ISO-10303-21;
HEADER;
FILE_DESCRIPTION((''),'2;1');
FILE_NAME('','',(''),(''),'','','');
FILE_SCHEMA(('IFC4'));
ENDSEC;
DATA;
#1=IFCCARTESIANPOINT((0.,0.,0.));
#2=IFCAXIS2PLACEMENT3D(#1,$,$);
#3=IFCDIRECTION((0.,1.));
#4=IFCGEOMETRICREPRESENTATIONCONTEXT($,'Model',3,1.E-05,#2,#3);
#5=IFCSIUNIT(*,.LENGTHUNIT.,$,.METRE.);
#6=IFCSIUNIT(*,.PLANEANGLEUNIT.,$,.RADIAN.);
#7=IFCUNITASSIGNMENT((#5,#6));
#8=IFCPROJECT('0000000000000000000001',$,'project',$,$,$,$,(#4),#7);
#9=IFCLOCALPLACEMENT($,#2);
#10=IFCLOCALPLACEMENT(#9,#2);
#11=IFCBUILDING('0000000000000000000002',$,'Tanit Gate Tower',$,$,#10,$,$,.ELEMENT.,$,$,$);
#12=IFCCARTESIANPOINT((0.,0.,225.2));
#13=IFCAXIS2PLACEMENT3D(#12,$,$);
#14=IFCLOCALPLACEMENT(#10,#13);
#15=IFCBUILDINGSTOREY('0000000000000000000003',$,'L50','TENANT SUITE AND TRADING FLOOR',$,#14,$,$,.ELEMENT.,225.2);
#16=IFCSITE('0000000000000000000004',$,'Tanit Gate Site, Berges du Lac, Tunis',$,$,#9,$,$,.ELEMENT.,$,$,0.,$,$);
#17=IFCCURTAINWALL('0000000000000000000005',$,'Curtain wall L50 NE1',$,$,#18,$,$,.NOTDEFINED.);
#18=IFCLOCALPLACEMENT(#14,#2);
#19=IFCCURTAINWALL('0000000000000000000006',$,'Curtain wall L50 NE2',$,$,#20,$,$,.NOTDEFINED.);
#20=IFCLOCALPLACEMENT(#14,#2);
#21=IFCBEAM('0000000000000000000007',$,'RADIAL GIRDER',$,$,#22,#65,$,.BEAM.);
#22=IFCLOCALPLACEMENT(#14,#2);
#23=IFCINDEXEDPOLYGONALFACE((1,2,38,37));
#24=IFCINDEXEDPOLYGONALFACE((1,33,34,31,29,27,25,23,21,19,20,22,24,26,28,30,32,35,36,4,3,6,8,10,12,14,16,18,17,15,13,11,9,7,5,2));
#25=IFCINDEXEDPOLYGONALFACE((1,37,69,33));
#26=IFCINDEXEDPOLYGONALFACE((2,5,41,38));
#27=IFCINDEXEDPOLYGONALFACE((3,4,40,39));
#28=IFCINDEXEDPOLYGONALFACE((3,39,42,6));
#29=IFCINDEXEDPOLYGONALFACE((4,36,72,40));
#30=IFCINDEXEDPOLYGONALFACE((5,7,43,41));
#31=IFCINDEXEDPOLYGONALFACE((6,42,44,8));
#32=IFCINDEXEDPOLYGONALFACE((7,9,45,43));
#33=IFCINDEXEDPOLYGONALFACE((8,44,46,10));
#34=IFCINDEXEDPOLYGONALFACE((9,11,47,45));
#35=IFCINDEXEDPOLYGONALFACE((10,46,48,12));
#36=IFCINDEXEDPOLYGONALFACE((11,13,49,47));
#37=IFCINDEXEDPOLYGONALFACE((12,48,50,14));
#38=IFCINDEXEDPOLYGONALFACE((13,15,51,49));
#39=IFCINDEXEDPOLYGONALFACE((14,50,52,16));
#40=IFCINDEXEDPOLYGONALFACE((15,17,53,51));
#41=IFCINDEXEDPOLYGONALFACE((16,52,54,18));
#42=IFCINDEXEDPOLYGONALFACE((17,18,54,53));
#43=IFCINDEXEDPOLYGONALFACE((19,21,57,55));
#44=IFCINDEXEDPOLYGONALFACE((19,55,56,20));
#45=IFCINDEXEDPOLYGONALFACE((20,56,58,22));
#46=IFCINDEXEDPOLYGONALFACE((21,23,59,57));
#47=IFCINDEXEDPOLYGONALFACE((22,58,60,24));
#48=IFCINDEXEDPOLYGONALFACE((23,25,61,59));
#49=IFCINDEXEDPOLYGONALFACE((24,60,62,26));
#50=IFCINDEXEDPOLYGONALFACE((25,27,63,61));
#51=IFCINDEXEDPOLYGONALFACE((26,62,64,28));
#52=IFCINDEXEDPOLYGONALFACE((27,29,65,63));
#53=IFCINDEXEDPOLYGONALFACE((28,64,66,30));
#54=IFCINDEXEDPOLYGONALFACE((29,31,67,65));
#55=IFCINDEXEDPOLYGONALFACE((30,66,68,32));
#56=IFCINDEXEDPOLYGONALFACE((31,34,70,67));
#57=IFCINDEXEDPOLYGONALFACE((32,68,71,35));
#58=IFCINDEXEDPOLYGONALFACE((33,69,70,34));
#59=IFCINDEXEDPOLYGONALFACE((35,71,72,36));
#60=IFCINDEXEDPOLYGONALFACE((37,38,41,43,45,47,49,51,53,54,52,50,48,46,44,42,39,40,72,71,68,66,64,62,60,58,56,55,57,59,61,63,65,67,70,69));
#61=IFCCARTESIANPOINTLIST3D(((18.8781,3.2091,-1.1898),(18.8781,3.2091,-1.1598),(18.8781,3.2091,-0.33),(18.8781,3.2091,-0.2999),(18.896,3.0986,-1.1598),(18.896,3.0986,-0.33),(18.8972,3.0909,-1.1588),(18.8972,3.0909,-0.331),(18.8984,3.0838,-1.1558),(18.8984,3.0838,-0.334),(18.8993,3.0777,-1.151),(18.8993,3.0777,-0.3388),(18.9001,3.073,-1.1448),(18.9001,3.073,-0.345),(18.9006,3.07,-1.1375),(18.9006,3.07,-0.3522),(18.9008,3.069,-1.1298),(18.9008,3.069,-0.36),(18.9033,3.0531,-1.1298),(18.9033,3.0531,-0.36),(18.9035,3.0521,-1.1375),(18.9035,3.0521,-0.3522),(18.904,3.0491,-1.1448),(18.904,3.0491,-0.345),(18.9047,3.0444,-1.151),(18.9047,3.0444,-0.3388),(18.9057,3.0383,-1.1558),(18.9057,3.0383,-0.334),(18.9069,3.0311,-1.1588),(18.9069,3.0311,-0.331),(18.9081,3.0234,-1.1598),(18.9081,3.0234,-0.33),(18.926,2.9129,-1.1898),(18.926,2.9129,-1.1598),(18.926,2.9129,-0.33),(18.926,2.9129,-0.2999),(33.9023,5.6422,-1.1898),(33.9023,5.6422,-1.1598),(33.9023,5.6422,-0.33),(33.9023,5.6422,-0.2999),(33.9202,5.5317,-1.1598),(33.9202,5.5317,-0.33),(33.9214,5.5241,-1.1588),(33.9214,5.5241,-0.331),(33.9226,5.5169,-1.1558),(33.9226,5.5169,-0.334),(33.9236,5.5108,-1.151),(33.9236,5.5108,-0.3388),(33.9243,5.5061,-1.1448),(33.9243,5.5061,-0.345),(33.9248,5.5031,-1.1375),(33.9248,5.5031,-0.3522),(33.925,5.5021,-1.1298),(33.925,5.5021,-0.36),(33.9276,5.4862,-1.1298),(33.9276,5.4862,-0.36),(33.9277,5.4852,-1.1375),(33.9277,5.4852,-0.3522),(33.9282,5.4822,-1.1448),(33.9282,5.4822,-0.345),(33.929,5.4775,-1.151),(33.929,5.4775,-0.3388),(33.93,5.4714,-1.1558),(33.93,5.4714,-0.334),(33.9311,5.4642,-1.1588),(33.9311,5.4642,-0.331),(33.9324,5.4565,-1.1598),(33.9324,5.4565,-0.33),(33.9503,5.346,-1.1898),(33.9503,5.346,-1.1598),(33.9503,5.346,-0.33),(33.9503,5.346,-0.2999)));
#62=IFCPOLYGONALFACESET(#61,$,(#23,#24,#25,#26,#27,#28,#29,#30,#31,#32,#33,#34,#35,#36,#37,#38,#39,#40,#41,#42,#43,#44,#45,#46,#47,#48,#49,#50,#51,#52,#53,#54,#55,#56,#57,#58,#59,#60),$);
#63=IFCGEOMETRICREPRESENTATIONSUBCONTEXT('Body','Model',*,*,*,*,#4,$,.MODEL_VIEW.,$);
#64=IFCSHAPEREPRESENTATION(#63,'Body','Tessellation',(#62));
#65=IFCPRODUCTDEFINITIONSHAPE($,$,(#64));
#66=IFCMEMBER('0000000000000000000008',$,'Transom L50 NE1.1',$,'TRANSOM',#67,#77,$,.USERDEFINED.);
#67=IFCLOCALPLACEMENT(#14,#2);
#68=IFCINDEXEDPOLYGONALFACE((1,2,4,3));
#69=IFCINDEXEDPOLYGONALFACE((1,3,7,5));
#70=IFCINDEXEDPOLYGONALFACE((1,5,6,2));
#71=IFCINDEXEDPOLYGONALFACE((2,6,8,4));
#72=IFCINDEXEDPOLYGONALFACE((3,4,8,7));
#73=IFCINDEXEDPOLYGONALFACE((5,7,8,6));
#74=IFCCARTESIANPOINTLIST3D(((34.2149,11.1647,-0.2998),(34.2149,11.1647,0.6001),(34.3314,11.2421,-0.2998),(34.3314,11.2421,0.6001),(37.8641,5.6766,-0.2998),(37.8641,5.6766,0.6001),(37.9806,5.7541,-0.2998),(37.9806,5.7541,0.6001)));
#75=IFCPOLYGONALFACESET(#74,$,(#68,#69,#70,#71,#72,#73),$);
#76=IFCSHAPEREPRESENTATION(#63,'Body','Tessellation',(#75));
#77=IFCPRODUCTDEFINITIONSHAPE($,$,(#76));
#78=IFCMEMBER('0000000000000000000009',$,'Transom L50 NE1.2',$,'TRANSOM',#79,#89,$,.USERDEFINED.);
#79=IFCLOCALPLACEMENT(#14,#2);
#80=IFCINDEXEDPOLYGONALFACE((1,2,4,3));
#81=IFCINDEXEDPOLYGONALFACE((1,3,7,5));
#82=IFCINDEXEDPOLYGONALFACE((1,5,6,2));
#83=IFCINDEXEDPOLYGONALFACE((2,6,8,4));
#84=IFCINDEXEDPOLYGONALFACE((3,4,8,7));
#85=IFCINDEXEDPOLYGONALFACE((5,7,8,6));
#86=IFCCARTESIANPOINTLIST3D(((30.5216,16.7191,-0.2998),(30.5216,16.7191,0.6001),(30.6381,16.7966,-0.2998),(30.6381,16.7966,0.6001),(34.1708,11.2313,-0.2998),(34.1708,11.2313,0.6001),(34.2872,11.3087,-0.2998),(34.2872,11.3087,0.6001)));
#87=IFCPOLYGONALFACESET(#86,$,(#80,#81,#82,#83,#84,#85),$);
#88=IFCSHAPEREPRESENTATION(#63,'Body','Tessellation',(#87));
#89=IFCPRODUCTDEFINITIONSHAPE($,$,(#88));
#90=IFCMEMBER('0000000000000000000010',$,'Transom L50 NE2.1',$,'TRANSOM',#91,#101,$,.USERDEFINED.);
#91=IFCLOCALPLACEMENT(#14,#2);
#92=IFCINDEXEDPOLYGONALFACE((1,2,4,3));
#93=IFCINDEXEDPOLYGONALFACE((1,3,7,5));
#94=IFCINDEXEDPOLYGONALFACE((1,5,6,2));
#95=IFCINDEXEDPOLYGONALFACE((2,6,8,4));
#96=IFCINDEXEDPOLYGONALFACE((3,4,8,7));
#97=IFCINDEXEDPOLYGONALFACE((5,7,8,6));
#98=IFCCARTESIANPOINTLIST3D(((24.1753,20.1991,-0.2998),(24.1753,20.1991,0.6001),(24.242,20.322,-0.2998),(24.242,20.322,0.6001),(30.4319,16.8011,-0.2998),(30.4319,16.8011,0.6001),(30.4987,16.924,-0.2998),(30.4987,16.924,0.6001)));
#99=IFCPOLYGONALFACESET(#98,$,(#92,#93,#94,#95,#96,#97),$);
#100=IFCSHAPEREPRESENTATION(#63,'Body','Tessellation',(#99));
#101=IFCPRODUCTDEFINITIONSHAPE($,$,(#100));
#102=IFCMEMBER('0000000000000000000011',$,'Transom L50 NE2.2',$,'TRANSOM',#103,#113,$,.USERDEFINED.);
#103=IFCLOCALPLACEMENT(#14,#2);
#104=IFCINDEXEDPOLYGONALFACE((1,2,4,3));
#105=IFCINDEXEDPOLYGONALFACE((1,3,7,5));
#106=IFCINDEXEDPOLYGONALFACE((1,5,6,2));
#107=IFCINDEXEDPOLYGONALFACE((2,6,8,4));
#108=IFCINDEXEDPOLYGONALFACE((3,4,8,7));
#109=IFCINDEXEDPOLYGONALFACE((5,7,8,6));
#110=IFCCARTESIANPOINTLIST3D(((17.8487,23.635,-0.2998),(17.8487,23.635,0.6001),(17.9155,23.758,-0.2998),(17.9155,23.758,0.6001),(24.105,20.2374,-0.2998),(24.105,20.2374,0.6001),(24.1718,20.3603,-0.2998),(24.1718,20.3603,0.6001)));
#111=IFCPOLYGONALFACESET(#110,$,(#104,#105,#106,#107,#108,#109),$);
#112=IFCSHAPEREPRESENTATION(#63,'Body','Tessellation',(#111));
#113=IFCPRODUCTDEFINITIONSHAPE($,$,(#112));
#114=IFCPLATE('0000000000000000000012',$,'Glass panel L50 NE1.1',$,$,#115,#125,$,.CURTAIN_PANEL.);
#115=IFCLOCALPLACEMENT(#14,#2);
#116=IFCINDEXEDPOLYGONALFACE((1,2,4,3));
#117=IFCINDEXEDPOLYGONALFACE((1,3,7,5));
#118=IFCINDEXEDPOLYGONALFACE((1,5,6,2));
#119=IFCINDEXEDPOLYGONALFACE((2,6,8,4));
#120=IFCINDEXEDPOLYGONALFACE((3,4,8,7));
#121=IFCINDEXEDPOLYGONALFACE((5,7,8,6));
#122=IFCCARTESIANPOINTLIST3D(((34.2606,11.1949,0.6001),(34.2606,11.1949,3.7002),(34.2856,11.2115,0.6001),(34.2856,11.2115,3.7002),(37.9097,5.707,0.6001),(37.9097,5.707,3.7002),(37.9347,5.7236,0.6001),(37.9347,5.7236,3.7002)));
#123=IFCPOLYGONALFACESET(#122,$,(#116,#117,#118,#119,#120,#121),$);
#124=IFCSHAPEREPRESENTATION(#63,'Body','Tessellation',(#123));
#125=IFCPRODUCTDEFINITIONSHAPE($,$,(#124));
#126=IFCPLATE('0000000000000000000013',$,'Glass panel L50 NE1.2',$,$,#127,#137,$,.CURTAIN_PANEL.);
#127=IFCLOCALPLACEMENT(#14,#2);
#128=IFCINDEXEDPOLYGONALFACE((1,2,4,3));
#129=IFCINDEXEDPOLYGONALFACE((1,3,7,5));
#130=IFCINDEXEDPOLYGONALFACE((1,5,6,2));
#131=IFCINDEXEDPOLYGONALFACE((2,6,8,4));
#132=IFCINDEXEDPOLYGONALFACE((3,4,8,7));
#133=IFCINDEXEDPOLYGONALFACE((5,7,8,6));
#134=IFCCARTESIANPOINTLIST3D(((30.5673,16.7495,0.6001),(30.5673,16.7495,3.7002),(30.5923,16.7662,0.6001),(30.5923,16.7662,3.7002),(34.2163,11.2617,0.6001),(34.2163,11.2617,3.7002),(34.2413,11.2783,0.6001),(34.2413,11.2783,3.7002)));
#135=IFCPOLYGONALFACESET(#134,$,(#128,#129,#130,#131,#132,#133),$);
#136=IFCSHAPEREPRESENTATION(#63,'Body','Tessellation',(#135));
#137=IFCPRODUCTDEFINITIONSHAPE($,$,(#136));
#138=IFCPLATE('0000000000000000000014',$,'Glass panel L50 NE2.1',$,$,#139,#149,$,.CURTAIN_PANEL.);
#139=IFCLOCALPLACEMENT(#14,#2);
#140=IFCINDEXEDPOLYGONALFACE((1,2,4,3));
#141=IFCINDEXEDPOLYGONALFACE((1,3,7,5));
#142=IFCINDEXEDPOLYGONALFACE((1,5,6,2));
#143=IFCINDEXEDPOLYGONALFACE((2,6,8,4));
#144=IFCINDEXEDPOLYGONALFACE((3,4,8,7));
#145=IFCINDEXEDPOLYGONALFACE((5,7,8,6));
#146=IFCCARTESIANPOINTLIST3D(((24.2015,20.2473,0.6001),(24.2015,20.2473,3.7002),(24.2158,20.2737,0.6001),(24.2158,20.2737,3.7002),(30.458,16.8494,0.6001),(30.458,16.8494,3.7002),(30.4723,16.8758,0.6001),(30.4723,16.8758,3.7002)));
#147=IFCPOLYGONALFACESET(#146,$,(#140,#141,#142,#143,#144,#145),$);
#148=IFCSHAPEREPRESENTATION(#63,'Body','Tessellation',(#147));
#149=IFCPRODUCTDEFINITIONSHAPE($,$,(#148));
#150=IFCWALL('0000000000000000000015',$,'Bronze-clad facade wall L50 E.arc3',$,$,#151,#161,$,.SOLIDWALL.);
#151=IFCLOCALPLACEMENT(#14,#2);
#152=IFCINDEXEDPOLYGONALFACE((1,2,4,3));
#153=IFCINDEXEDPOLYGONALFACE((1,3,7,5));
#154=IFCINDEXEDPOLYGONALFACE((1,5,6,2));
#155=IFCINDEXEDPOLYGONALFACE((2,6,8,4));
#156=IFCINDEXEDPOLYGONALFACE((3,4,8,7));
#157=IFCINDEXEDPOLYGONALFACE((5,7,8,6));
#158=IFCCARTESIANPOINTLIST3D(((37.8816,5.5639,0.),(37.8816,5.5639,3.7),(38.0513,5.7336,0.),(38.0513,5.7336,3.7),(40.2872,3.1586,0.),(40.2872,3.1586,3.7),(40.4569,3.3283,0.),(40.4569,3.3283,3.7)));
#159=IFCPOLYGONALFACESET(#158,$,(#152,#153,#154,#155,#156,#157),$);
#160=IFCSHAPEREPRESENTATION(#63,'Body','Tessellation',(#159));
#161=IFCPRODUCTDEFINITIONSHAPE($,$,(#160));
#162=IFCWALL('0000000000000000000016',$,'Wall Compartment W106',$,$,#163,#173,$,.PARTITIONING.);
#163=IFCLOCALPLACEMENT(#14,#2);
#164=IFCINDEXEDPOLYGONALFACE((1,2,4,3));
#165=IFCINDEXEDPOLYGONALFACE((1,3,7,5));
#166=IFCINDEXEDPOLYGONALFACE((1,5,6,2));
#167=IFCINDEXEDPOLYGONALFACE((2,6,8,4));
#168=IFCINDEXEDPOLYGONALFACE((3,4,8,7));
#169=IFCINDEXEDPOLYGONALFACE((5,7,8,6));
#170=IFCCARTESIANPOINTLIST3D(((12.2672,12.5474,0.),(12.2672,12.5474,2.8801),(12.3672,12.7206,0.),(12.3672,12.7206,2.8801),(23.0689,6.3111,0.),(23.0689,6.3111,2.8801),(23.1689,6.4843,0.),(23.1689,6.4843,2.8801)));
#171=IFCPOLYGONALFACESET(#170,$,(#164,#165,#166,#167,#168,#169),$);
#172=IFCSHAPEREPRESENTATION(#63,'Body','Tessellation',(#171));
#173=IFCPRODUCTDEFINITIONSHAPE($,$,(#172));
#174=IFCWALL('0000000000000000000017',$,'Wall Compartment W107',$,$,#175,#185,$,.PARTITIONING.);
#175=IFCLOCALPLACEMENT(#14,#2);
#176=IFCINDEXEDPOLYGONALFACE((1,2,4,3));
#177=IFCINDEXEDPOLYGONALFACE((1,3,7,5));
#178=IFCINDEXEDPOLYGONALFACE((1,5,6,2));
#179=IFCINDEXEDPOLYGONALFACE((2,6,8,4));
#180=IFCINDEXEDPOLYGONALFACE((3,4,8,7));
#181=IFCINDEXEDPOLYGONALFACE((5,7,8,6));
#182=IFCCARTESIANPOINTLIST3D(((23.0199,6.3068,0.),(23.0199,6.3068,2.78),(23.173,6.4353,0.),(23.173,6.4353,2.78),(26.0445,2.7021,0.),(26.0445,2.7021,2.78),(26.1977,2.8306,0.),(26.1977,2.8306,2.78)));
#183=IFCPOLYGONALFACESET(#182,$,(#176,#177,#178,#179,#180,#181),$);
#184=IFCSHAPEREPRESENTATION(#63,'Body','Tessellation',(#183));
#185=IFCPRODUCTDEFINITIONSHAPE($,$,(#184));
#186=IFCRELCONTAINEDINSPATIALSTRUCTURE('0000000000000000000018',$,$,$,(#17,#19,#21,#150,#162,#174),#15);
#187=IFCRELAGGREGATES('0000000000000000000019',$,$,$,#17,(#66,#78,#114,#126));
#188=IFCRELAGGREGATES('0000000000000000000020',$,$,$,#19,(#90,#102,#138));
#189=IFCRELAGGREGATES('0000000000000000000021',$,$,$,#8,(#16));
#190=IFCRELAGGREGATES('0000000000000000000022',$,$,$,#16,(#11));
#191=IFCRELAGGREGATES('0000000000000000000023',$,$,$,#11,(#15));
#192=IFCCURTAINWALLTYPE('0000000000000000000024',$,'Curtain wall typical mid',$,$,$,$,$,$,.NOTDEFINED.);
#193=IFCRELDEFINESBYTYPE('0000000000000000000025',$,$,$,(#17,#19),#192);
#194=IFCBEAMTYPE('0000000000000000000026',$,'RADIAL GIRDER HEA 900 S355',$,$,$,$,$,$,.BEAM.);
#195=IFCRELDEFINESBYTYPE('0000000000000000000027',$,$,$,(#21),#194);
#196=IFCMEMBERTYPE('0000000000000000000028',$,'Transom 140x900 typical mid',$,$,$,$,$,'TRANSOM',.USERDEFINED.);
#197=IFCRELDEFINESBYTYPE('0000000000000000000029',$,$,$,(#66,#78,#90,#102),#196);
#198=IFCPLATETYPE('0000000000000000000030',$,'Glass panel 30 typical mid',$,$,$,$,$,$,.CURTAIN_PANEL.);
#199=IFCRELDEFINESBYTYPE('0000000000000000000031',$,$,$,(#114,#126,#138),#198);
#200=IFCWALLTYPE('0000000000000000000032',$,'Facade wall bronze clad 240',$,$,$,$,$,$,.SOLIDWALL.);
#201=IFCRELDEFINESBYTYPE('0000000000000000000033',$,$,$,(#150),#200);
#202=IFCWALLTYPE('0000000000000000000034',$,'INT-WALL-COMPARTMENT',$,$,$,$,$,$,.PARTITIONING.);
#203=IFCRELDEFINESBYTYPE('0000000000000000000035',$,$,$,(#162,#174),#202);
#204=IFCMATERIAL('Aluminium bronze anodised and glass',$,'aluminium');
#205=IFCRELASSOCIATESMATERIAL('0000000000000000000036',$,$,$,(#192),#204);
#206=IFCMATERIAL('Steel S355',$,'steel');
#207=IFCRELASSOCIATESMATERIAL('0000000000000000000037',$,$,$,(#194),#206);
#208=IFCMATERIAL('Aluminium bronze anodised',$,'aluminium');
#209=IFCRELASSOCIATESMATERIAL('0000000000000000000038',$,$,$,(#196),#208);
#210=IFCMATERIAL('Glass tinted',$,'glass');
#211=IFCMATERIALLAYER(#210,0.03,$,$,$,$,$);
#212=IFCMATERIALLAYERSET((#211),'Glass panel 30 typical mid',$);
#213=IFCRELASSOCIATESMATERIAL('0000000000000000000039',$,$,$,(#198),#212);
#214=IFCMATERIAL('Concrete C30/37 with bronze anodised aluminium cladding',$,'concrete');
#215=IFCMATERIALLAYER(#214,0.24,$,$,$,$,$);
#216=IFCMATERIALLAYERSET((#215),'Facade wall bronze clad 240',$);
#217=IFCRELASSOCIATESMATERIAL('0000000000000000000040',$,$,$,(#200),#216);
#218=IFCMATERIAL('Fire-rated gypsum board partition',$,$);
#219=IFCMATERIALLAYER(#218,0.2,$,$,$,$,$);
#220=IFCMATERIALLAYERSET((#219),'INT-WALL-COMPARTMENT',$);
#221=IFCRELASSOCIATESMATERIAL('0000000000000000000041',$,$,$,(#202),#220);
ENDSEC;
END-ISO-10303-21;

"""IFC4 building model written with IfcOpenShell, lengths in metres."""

from ifc_helpers import new_model, si_unit, direction, frame, frame_2d, origin, origin_2d, place, context, subcontext, project, spatial, rectangle, i_section, extrude, material, layer, layer_set, material_profile, profile_set, type_object, element, aggregate, save


model = new_model("IFC4")

# Units and contexts
model_context = context("Model", 3, precision=1e-05, world=origin(), true_north=direction((0.0, 1.0)))
body_context = subcontext(model_context, "Body", "Model", "MODEL_VIEW")
ifc_project = project(units=[si_unit("LENGTHUNIT", "METRE"), si_unit("PLANEANGLEUNIT", "RADIAN")], contexts=[model_context])

# Site, building, storey
site_placement = place(None, origin())
site = spatial("IfcSite", under=ifc_project, at=site_placement, Name="Tanit Gate Site, Berges du Lac, Tunis", CompositionType="ELEMENT", RefElevation=0.0)
building_placement = place(site_placement, origin())
building = spatial("IfcBuilding", under=site, at=building_placement, Name="Tanit Gate Tower", CompositionType="ELEMENT")
storey_placement = place(building_placement, frame((0.0, 0.0, 225.2)))
storey = spatial("IfcBuildingStorey", under=building, at=storey_placement, Name="L50", Description="TENANT SUITE AND TRADING FLOOR", CompositionType="ELEMENT", Elevation=225.2)

# Curtain wall
ifc_material_1 = material(Name="Aluminium bronze anodised and glass", Category="aluminium")
curtain_wall_type = type_object("IfcCurtainWallType", Name="Curtain wall typical mid", PredefinedType="NOTDEFINED", material=ifc_material_1)
curtain_wall_1_placement = place(storey_placement, origin())
curtain_wall_1 = element("IfcCurtainWall", 1, at=curtain_wall_1_placement, inside=storey, type_object=curtain_wall_type, Name="Curtain wall L50 NE1", PredefinedType="NOTDEFINED")

# Curtain wall
curtain_wall_2_placement = place(storey_placement, origin())
curtain_wall_2 = element("IfcCurtainWall", 2, at=curtain_wall_2_placement, inside=storey, type_object=curtain_wall_type, Name="Curtain wall L50 NE2", PredefinedType="NOTDEFINED")

# Beam
ifc_material_2 = material(Name="Steel S355", Category="steel")
ifc_material_profile_1 = material_profile(ifc_material_2, i_section(OverallWidth=0.3, OverallDepth=0.8899, WebThickness=0.0161, FlangeThickness=0.03, FilletRadius=0.03, at=origin_2d()), Name="HEA 900")
ifc_profile_set_1 = profile_set([ifc_material_profile_1], Name="Steel S355")
beam_type_1 = type_object("IfcBeamType", Name="RADIAL GIRDER HEA 900 S355", PredefinedType="BEAM", material=ifc_profile_set_1)
beam_1_placement = place(storey_placement, frame((33.9263, 5.4941, -0.7449), z_axis=(-0.987139, -0.159863, 0.0), x_axis=(0.159863, -0.987139, 0.0)))
element("IfcBeam", 3, at=beam_1_placement, inside=storey, type_object=beam_type_1, Name="RADIAL GIRDER", PredefinedType="BEAM", context=body_context, shape_type="SweptSolid", body=[
    extrude(i_section(OverallWidth=0.3, OverallDepth=0.8899, WebThickness=0.0161, FlangeThickness=0.03, FilletRadius=0.03, at=origin_2d()), origin(), (0.0, 0.0, 1.0), 15.22),
])

# Members
ifc_material_3 = material(Name="Aluminium bronze anodised", Category="aluminium")
ifc_material_profile_2 = material_profile(ifc_material_3, rectangle(XDim=0.1399, YDim=0.8999, at=origin_2d()), Name="140x900 bronze transom")
ifc_profile_set_2 = profile_set([ifc_material_profile_2], Name="Aluminium bronze anodised")
member_type_1 = type_object("IfcMemberType", Name="Transom 140x900 typical mid", ElementType="TRANSOM", PredefinedType="USERDEFINED", material=ifc_profile_set_2)
member_1_placement = place(storey_placement, frame((37.9224, 5.7153, 0.1501), z_axis=(-0.5537, 0.832716, 0.0), x_axis=(-0.832716, -0.5537, 0.0)))
member_1 = element("IfcMember", 4, at=member_1_placement, type_object=member_type_1, Name="Transom L50 NE1.1", ObjectType="TRANSOM", PredefinedType="USERDEFINED", context=body_context, shape_type="SweptSolid", body=[
    extrude(rectangle(XDim=0.1399, YDim=0.8999, at=origin_2d()), origin(), (0.0, 0.0, 1.0), 6.5906),
])
member_2_placement = place(storey_placement, frame((34.229, 11.27, 0.1501), z_axis=(-0.553717, 0.832705, 0.0), x_axis=(-0.832705, -0.553717, 0.0)))
member_2 = element("IfcMember", 5, at=member_2_placement, type_object=member_type_1, Name="Transom L50 NE1.2", ObjectType="TRANSOM", PredefinedType="USERDEFINED", context=body_context, shape_type="SweptSolid", body=[
    extrude(rectangle(XDim=0.1399, YDim=0.8999, at=origin_2d()), origin(), (0.0, 0.0, 1.0), 6.5903),
])
member_3_placement = place(storey_placement, frame((30.4653, 16.8625, 0.1501), z_axis=(-0.878764, 0.477256, 0.0), x_axis=(-0.477256, -0.878764, 0.0)))
member_3 = element("IfcMember", 6, at=member_3_placement, type_object=member_type_1, Name="Transom L50 NE2.1", ObjectType="TRANSOM", PredefinedType="USERDEFINED", context=body_context, shape_type="SweptSolid", body=[
    extrude(rectangle(XDim=0.1399, YDim=0.8999, at=origin_2d()), origin(), (0.0, 0.0, 1.0), 7.1199),
])
member_4_placement = place(storey_placement, frame((24.1384, 20.2988, 0.1501), z_axis=(-0.878771, 0.477244, 0.0), x_axis=(-0.477244, -0.878771, 0.0)))
member_4 = element("IfcMember", 7, at=member_4_placement, type_object=member_type_1, Name="Transom L50 NE2.2", ObjectType="TRANSOM", PredefinedType="USERDEFINED", context=body_context, shape_type="SweptSolid", body=[
    extrude(rectangle(XDim=0.1399, YDim=0.8999, at=origin_2d()), origin(), (0.0, 0.0, 1.0), 7.1194),
])

# Plates
ifc_material_4 = material(Name="Glass tinted", Category="glass")
ifc_layer_1 = layer(ifc_material_4, 0.03)
ifc_layer_set_1 = layer_set([ifc_layer_1], Name="Glass panel 30 typical mid")
plate_type = type_object("IfcPlateType", Name="Glass panel 30 typical mid", PredefinedType="CURTAIN_PANEL", material=ifc_layer_set_1)
plate_1_placement = place(storey_placement, frame((36.0977, 8.4592, 0.6001), z_axis=(0.0, 0.0, 1.0), x_axis=(-0.553699, 0.832717, 0.0)))
plate_1 = element("IfcPlate", 8, at=plate_1_placement, type_object=plate_type, Name="Glass panel L50 NE1.1", PredefinedType="CURTAIN_PANEL", context=body_context, shape_type="SweptSolid", body=[
    extrude(rectangle(XDim=6.5903, YDim=0.03, at=origin_2d()), origin(), (0.0, 0.0, 1.0), 3.1001),
])
plate_2_placement = place(storey_placement, frame((32.4043, 14.0139, 0.6001), z_axis=(0.0, 0.0, 1.0), x_axis=(-0.553699, 0.832717, 0.0)))
plate_2 = element("IfcPlate", 9, at=plate_2_placement, type_object=plate_type, Name="Glass panel L50 NE1.2", PredefinedType="CURTAIN_PANEL", context=body_context, shape_type="SweptSolid", body=[
    extrude(rectangle(XDim=6.5903, YDim=0.03, at=origin_2d()), origin(), (0.0, 0.0, 1.0), 3.1001),
])
aggregate(curtain_wall_1, [member_1, member_2, plate_1, plate_2])
plate_3_placement = place(storey_placement, frame((27.3369, 18.5615, 0.6001), z_axis=(0.0, 0.0, 1.0), x_axis=(-0.878762, 0.477259, 0.0)))
plate_3 = element("IfcPlate", 10, at=plate_3_placement, type_object=plate_type, Name="Glass panel L50 NE2.1", PredefinedType="CURTAIN_PANEL", context=body_context, shape_type="SweptSolid", body=[
    extrude(rectangle(XDim=7.1196, YDim=0.03, at=origin_2d()), origin(), (0.0, 0.0, 1.0), 3.1001),
])
aggregate(curtain_wall_2, [member_3, member_4, plate_3])

# Walls
ifc_material_5 = material(Name="Concrete C30/37 with bronze anodised aluminium cladding", Category="concrete")
ifc_layer_2 = layer(ifc_material_5, 0.24)
ifc_layer_set_2 = layer_set([ifc_layer_2], Name="Facade wall bronze clad 240")
wall_type_1 = type_object("IfcWallType", Name="Facade wall bronze clad 240", PredefinedType="SOLIDWALL", material=ifc_layer_set_2)
wall_1_placement = place(storey_placement, frame((40.3721, 3.2434, 0.0), z_axis=(0.0, 0.0, 1.0), x_axis=(-0.707143, 0.707071, 0.0)))
element("IfcWall", 11, at=wall_1_placement, inside=storey, type_object=wall_type_1, Name="Bronze-clad facade wall L50 E.arc3", PredefinedType="SOLIDWALL", context=body_context, shape_type="SweptSolid", body=[
    extrude(rectangle(XDim=3.4019, YDim=0.24, at=frame_2d((1.7009, 0.0))), origin(), (0.0, 0.0, 1.0), 3.7),
])
ifc_material_6 = material(Name="Fire-rated gypsum board partition")
ifc_layer_3 = layer(ifc_material_6, 0.2)
ifc_layer_set_3 = layer_set([ifc_layer_3], Name="INT-WALL-COMPARTMENT")
wall_type_2 = type_object("IfcWallType", Name="INT-WALL-COMPARTMENT", PredefinedType="PARTITIONING", material=ifc_layer_set_3)
wall_2_placement = place(storey_placement, frame((23.1189, 6.3977, 0.0), z_axis=(0.0, 0.0, 1.0), x_axis=(-0.866028, 0.499996, 0.0)))
element("IfcWall", 12, at=wall_2_placement, inside=storey, type_object=wall_type_2, Name="Wall Compartment W106", PredefinedType="PARTITIONING", context=body_context, shape_type="SweptSolid", body=[
    extrude(rectangle(XDim=12.4727, YDim=0.2, at=frame_2d((6.2363, 0.0))), origin(), (0.0, 0.0, 1.0), 2.8801),
])
wall_3_placement = place(storey_placement, frame((26.1211, 2.7664, 0.0), z_axis=(0.0, 0.0, 1.0), x_axis=(-0.642778, 0.766052, 0.0)))
element("IfcWall", 13, at=wall_3_placement, inside=storey, type_object=wall_type_2, Name="Wall Compartment W107", PredefinedType="PARTITIONING", context=body_context, shape_type="SweptSolid", body=[
    extrude(rectangle(XDim=4.7056, YDim=0.2, at=frame_2d((2.3528, 0.0))), origin(), (0.0, 0.0, 1.0), 2.78),
])

save(model, "model.ifc")
